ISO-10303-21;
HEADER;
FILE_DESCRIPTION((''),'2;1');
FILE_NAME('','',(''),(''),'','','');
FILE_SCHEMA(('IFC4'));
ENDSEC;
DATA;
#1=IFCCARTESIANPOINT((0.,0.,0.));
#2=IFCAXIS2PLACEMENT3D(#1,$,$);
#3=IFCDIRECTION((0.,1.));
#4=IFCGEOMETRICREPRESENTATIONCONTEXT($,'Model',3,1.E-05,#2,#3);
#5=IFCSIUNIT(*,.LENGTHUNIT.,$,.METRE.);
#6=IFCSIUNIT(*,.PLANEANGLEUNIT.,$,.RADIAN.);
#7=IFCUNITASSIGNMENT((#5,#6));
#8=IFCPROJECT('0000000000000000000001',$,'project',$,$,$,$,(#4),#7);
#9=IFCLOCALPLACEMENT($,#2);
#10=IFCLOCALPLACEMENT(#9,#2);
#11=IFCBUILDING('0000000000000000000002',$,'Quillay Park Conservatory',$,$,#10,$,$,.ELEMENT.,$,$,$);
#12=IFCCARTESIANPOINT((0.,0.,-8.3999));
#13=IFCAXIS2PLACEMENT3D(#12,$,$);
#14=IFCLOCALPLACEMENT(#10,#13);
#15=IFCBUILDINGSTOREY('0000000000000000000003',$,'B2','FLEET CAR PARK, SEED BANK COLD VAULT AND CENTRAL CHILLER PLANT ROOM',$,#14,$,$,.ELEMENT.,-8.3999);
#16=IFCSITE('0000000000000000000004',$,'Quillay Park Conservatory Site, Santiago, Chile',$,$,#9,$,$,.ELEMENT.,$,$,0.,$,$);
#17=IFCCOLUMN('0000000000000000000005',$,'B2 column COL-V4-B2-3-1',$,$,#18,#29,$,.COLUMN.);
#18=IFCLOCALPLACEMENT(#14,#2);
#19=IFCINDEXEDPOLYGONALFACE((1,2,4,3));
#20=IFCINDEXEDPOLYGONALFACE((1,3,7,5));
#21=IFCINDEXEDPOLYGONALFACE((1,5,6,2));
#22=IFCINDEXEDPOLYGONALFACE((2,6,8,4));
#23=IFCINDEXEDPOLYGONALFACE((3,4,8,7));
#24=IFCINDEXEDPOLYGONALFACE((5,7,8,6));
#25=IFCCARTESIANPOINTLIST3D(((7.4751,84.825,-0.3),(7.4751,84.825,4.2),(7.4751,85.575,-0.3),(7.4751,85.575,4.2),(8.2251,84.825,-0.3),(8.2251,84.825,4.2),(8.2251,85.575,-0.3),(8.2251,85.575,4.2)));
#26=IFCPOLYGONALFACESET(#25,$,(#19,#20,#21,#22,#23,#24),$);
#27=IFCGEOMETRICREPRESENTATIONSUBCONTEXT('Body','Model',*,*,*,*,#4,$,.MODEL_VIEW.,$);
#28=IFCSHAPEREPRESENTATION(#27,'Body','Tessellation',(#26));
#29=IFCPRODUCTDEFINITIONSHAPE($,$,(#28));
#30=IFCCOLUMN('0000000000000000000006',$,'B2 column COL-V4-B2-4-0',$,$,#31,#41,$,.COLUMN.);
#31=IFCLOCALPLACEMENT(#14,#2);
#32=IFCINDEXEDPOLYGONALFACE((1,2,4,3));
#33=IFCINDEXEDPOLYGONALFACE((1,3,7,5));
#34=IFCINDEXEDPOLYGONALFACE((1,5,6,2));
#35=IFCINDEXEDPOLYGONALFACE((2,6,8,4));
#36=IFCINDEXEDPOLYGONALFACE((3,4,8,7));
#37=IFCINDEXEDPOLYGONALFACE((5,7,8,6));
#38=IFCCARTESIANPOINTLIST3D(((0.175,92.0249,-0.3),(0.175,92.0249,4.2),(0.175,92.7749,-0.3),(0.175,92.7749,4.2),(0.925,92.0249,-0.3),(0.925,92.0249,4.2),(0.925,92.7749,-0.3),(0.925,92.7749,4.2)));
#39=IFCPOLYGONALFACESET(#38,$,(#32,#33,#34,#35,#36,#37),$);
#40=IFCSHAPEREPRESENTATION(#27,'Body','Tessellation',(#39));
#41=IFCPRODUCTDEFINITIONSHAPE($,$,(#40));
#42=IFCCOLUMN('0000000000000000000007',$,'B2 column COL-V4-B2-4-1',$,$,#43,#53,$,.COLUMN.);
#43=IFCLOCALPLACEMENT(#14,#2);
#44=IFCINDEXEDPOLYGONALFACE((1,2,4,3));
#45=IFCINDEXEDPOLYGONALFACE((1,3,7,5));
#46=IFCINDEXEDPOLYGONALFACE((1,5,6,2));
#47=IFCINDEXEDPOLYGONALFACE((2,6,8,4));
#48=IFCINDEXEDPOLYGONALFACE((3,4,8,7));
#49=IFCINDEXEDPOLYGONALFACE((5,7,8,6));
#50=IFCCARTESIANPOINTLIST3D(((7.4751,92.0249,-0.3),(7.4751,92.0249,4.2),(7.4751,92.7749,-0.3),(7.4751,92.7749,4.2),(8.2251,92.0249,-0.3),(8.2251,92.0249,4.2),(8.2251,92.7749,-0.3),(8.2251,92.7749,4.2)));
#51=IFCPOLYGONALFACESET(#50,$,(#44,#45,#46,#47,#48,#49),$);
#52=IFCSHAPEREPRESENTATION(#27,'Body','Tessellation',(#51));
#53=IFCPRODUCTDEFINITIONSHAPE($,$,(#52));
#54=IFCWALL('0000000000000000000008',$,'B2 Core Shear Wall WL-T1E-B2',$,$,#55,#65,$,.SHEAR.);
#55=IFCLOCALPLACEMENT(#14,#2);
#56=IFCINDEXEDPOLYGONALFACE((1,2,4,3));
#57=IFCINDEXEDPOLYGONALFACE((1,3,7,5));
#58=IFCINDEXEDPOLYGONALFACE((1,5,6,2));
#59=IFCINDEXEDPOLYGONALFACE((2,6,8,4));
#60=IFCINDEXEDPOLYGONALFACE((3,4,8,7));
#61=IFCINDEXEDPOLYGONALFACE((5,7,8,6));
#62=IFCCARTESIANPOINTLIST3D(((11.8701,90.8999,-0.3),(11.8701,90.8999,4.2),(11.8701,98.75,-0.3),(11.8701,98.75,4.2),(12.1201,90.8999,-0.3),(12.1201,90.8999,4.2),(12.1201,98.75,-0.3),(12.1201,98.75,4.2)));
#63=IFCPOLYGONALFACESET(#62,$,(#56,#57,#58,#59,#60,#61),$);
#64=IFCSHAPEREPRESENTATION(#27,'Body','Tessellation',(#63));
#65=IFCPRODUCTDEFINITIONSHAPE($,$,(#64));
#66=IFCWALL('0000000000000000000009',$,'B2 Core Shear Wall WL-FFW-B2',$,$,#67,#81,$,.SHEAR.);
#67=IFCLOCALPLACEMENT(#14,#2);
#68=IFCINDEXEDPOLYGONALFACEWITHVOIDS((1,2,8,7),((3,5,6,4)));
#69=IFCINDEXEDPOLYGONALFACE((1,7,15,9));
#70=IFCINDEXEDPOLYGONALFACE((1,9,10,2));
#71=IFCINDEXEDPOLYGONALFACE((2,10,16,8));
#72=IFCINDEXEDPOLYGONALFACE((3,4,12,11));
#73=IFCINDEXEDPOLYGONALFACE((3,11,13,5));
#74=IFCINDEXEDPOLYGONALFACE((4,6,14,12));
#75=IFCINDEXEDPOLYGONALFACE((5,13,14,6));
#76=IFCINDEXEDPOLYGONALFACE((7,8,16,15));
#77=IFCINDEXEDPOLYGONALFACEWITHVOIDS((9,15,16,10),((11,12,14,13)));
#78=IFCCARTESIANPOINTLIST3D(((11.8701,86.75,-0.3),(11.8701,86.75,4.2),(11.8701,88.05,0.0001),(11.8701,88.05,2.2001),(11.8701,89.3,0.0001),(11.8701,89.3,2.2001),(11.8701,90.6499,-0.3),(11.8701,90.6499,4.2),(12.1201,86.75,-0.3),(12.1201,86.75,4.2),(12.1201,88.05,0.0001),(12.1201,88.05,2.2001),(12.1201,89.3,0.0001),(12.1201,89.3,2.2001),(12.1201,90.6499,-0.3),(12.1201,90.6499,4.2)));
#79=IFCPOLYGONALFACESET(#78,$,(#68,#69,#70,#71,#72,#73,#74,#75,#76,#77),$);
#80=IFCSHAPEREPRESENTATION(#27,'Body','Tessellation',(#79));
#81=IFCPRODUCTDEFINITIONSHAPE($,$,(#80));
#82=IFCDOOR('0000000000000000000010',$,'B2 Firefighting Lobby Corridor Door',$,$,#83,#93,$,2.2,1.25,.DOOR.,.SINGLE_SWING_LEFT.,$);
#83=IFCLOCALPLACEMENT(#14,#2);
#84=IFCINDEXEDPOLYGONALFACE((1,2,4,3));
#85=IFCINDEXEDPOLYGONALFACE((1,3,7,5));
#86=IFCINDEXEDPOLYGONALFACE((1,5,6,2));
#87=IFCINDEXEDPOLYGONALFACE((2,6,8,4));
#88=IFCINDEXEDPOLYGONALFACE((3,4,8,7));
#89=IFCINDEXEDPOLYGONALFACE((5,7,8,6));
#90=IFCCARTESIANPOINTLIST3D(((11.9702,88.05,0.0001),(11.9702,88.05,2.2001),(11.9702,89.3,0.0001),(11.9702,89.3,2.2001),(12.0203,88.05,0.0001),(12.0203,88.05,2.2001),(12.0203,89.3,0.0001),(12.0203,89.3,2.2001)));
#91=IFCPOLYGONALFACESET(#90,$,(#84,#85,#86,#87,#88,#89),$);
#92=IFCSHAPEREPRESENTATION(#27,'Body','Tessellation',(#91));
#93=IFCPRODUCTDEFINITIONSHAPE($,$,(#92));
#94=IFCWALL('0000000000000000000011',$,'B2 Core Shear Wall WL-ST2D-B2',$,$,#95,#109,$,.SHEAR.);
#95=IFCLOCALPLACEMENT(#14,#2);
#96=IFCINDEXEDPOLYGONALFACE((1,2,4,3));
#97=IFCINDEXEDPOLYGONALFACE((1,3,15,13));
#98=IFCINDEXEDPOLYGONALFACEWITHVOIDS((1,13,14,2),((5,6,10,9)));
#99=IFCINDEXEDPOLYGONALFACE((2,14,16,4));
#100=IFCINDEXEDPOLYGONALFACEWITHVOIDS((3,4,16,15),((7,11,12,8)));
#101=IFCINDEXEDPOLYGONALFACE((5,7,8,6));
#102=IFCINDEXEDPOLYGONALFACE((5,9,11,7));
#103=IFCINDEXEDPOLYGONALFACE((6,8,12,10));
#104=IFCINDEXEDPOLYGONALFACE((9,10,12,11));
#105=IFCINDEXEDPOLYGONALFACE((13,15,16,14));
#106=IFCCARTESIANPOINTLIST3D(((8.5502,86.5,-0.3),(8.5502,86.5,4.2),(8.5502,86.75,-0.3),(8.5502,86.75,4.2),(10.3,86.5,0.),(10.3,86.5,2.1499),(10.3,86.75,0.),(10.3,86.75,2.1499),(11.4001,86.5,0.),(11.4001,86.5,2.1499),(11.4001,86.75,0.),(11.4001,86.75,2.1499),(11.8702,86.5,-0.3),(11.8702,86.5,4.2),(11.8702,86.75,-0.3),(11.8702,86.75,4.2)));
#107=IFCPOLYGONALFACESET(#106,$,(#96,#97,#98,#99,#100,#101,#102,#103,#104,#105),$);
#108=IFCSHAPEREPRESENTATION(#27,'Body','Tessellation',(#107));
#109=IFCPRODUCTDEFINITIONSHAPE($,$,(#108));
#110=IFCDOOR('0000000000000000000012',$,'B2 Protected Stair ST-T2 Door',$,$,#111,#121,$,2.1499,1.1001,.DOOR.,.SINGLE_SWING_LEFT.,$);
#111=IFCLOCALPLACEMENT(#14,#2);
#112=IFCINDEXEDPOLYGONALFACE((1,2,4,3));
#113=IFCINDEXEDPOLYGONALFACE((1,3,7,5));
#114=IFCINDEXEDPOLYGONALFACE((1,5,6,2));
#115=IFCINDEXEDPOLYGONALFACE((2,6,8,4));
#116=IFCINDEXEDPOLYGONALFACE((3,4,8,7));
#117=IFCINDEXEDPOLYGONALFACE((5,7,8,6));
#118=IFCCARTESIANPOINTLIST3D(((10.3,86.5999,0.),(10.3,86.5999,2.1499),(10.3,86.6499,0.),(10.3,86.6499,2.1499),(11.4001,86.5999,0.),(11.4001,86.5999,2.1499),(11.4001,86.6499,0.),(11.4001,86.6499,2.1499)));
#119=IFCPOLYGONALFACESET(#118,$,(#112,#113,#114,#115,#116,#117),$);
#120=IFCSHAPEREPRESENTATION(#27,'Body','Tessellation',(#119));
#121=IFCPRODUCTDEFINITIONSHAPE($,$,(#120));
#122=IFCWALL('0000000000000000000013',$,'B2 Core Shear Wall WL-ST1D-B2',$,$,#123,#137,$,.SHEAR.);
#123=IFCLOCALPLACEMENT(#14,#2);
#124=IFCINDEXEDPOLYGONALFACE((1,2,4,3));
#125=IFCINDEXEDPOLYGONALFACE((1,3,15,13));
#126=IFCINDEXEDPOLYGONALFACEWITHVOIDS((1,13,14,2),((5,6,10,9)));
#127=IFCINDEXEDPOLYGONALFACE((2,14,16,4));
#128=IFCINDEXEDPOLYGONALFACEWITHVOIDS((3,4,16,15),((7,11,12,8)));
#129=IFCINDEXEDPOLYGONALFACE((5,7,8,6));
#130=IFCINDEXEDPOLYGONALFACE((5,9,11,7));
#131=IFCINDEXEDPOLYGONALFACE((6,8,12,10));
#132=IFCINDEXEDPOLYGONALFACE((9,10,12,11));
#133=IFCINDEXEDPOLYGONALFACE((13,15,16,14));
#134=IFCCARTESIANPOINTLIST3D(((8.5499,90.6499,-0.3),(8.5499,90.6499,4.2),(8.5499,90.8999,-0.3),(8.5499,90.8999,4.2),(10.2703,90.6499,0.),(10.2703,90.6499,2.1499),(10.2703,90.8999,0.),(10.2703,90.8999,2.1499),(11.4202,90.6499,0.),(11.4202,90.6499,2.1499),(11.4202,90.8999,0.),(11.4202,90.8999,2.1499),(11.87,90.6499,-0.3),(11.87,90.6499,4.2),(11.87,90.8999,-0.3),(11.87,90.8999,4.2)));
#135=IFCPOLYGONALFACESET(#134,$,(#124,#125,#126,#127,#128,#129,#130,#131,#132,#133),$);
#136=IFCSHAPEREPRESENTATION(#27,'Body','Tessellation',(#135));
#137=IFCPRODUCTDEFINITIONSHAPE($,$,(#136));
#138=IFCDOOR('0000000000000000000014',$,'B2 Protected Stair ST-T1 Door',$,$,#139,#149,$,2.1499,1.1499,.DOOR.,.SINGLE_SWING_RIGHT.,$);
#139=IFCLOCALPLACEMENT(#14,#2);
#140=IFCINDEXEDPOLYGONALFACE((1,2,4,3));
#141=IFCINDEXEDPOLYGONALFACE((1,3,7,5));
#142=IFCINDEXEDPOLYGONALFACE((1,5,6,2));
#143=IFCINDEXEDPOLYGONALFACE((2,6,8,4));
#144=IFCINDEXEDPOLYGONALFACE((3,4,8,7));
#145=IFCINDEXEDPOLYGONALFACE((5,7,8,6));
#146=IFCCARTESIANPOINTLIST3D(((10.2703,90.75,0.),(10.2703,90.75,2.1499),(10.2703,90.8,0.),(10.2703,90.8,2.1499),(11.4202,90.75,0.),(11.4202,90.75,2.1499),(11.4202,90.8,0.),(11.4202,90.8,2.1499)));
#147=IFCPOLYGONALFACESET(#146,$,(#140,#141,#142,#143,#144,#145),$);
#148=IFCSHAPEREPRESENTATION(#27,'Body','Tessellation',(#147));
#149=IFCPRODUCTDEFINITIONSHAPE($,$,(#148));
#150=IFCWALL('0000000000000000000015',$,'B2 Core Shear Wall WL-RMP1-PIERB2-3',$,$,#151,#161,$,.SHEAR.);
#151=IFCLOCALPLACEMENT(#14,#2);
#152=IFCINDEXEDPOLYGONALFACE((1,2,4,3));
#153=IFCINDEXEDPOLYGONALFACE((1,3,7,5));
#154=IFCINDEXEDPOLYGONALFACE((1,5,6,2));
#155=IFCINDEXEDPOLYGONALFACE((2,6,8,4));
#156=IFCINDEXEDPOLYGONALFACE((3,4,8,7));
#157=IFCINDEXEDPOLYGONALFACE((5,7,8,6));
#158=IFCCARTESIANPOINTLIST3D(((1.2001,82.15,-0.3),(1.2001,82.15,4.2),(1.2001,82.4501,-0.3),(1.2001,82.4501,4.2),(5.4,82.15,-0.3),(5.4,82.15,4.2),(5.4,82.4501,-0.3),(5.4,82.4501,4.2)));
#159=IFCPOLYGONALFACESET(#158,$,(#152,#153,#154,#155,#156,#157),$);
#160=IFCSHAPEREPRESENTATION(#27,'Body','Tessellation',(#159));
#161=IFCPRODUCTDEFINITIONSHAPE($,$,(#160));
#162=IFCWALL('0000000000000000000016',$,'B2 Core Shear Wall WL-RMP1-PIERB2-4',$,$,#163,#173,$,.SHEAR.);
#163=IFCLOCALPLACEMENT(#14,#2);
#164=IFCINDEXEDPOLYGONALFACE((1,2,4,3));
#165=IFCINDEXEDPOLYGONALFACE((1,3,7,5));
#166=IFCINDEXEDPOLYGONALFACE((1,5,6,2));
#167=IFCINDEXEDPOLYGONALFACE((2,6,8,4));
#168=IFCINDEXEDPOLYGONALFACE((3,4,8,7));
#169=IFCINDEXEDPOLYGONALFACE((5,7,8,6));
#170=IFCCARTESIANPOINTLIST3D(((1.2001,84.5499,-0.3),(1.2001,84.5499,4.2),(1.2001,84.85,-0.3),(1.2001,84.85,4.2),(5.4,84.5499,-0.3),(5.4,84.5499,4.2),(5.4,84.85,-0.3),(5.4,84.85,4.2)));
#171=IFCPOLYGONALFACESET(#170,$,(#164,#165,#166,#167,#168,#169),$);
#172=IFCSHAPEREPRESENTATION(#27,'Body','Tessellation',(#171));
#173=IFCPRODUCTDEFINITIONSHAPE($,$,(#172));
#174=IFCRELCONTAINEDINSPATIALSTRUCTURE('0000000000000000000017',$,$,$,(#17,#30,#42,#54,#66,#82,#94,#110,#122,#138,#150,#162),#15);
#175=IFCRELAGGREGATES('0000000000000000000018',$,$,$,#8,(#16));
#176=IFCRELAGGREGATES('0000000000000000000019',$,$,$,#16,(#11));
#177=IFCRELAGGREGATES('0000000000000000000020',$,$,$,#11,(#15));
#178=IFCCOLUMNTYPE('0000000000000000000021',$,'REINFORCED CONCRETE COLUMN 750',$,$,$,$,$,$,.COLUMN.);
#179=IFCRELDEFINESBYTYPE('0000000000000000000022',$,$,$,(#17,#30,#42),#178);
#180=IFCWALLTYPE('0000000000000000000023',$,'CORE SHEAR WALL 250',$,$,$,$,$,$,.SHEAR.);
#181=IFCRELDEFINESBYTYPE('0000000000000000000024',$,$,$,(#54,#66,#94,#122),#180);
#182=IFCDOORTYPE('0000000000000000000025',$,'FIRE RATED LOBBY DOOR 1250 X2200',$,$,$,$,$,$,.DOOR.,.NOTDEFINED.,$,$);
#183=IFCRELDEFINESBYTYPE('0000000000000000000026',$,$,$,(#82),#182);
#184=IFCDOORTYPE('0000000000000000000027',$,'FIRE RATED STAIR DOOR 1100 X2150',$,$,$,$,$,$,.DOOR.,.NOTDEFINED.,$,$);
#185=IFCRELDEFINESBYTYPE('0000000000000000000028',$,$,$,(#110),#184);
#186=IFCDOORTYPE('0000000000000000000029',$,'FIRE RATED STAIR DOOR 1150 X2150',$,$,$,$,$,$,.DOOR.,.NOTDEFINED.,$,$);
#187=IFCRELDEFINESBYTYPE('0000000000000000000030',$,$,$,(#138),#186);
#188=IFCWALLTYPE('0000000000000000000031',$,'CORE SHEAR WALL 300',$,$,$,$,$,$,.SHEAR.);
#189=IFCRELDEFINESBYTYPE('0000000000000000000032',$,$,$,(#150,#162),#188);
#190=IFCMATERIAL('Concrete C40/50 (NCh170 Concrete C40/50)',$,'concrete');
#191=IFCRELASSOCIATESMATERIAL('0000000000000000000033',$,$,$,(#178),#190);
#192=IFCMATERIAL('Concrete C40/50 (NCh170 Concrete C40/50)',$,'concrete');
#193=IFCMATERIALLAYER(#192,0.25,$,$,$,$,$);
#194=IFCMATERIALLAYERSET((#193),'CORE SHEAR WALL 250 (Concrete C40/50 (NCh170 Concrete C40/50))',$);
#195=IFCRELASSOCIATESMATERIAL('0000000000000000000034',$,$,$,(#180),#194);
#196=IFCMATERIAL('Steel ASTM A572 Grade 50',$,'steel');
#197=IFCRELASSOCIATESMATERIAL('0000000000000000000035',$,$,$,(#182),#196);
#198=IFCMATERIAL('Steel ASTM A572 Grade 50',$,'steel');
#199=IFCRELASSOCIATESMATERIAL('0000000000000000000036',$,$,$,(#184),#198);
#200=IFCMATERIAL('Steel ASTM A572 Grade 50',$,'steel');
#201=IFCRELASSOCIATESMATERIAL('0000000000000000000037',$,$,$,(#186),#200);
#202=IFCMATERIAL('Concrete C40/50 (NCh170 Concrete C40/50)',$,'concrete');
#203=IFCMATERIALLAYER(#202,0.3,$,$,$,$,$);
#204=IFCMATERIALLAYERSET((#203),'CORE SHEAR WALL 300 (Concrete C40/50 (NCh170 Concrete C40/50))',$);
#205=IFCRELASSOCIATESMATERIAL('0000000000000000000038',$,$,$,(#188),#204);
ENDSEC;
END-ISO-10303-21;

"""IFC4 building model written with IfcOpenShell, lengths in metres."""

from ifc_helpers import new_model, si_unit, direction, frame, frame_2d, origin, origin_2d, place, context, subcontext, project, spatial, rectangle, extrude, material, layer, layer_set, material_profile, profile_set, type_object, element, fill, save


model = new_model("IFC4")

# Units and contexts
model_context = context("Model", 3, precision=1e-05, world=origin(), true_north=direction((0.0, 1.0)))
body_context = subcontext(model_context, "Body", "Model", "MODEL_VIEW")
ifc_project = project(units=[si_unit("LENGTHUNIT", "METRE"), si_unit("PLANEANGLEUNIT", "RADIAN")], contexts=[model_context])

# Site, building, storey
site_placement = place(None, origin())
site = spatial("IfcSite", under=ifc_project, at=site_placement, Name="Quillay Park Conservatory Site, Santiago, Chile", CompositionType="ELEMENT", RefElevation=0.0)
building_placement = place(site_placement, origin())
building = spatial("IfcBuilding", under=site, at=building_placement, Name="Quillay Park Conservatory", CompositionType="ELEMENT")
storey_placement = place(building_placement, frame((0.0, 0.0, -8.3999)))
storey = spatial("IfcBuildingStorey", under=building, at=storey_placement, Name="B2", Description="FLEET CAR PARK, SEED BANK COLD VAULT AND CENTRAL CHILLER PLANT ROOM", CompositionType="ELEMENT", Elevation=-8.3999)

# Columns
ifc_material_1 = material(Name="Concrete C40/50 (NCh170 Concrete C40/50)", Category="concrete")
ifc_material_profile_1 = material_profile(ifc_material_1, rectangle(XDim=0.75, YDim=0.75, at=origin_2d()), Name="RC750x750")
ifc_profile_set_1 = profile_set([ifc_material_profile_1], Name="Concrete C40/50 (NCh170 Concrete C40/50)")
column_type = type_object("IfcColumnType", Name="REINFORCED CONCRETE COLUMN 750", PredefinedType="COLUMN", material=ifc_profile_set_1)
for number, where, z_axis, x_axis, name in (
    (1, (7.8501, 85.2, -0.3), (0.0, 0.0, 1.0), (1.0, 0.0, 0.0), "B2 column COL-V4-B2-3-1"),
    (2, (0.55, 92.3999, -0.3), (0.0, 0.0, 1.0), (1.0, 0.0, 0.0), "B2 column COL-V4-B2-4-0"),
    (3, (7.8501, 92.3999, -0.3), (0.0, 0.0, 1.0), (1.0, 0.0, 0.0), "B2 column COL-V4-B2-4-1"),
):
    element("IfcColumn", number, at=place(storey_placement, frame(where, z_axis=z_axis, x_axis=x_axis)), inside=storey, type_object=column_type, Name=name, PredefinedType="COLUMN", context=body_context, shape_type="SweptSolid", body=[
        extrude(rectangle(XDim=0.75, YDim=0.75, at=origin_2d()), origin(), (0.0, 0.0, 1.0), 4.5),
    ])

# Wall
ifc_material_2 = material(Name="Concrete C40/50 (NCh170 Concrete C40/50)", Category="concrete")
ifc_layer_1 = layer(ifc_material_2, 0.25)
ifc_layer_set_1 = layer_set([ifc_layer_1], Name="CORE SHEAR WALL 250 (Concrete C40/50 (NCh170 Concrete C40/50))")
wall_type_1 = type_object("IfcWallType", Name="CORE SHEAR WALL 250", PredefinedType="SHEAR", material=ifc_layer_set_1)
wall_1_placement = place(storey_placement, frame((11.9951, 90.8999, -0.3), z_axis=(0.0, 0.0, 1.0), x_axis=(0.0, 1.0, 0.0)))
element("IfcWall", 4, at=wall_1_placement, inside=storey, type_object=wall_type_1, Name="B2 Core Shear Wall WL-T1E-B2", PredefinedType="SHEAR", context=body_context, shape_type="SweptSolid", body=[
    extrude(rectangle(XDim=7.8501, YDim=0.25, at=frame_2d((3.925, 0.0))), origin(), (0.0, 0.0, 1.0), 4.5),
])

# Walls, openings, doors
wall_2_placement = place(storey_placement, frame((11.9951, 86.75, -0.3), z_axis=(0.0, 0.0, 1.0), x_axis=(0.0, 1.0, 0.0)))
wall_2 = element("IfcWall", 5, at=wall_2_placement, inside=storey, type_object=wall_type_1, Name="B2 Core Shear Wall WL-FFW-B2", PredefinedType="SHEAR", context=body_context, shape_type="SweptSolid", body=[
    extrude(rectangle(XDim=3.8999, YDim=0.25, at=frame_2d((1.95, 0.0))), origin(), (0.0, 0.0, 1.0), 4.5),
])
opening_1_placement = place(wall_2_placement, frame((1.3, 0.0, 0.3)))
opening_1 = element("IfcOpeningElement", 6, at=opening_1_placement, cuts=wall_2, PredefinedType="OPENING", context=body_context, shape_type="SweptSolid", body=[
    extrude(rectangle(XDim=1.25, YDim=2.2, at=frame_2d((0.625, 1.1001))), frame((0.0, 0.125, 0.0), z_axis=(0.0, -1.0, 0.0), x_axis=(1.0, 0.0, 0.0)), (0.0, 0.0, 1.0), 0.25),
])
ifc_material_3 = material(Name="Steel ASTM A572 Grade 50", Category="steel")
door_type_1 = type_object("IfcDoorType", Name="FIRE RATED LOBBY DOOR 1250 X2200", OperationType="NOTDEFINED", PredefinedType="DOOR", material=ifc_material_3)
door_1_placement = place(opening_1_placement, origin())
door_1 = element("IfcDoor", 7, at=door_1_placement, inside=storey, type_object=door_type_1, Name="B2 Firefighting Lobby Corridor Door", OperationType="SINGLE_SWING_LEFT", OverallHeight=2.2, OverallWidth=1.25, PredefinedType="DOOR", context=body_context, shape_type="SweptSolid", body=[
    extrude(rectangle(XDim=1.25, YDim=2.2, at=frame_2d((0.625, 1.1001))), frame((0.0, 0.0249, 0.0), z_axis=(0.0, -1.0, 0.0), x_axis=(1.0, 0.0, 0.0)), (0.0, 0.0, 1.0), 0.05),
])
fill(opening_1, door_1)
wall_3_placement = place(storey_placement, frame((8.55, 86.625, -0.3), z_axis=(0.0, 0.0, 1.0), x_axis=(1.0, 0.0, 0.0)))
wall_3 = element("IfcWall", 8, at=wall_3_placement, inside=storey, type_object=wall_type_1, Name="B2 Core Shear Wall WL-ST2D-B2", PredefinedType="SHEAR", context=body_context, shape_type="SweptSolid", body=[
    extrude(rectangle(XDim=3.3201, YDim=0.25, at=frame_2d((1.6602, 0.0))), origin(), (0.0, 0.0, 1.0), 4.5),
])
opening_2_placement = place(wall_3_placement, frame((1.75, 0.0, 0.3)))
opening_2 = element("IfcOpeningElement", 9, at=opening_2_placement, cuts=wall_3, PredefinedType="OPENING", context=body_context, shape_type="SweptSolid", body=[
    extrude(rectangle(XDim=1.1001, YDim=2.1499, at=frame_2d((0.55, 1.075))), frame((0.0, 0.125, 0.0), z_axis=(0.0, -1.0, 0.0), x_axis=(1.0, 0.0, 0.0)), (0.0, 0.0, 1.0), 0.25),
])
ifc_material_4 = material(Name="Steel ASTM A572 Grade 50", Category="steel")
door_type_2 = type_object("IfcDoorType", Name="FIRE RATED STAIR DOOR 1100 X2150", OperationType="NOTDEFINED", PredefinedType="DOOR", material=ifc_material_4)
door_2_placement = place(opening_2_placement, origin())
door_2 = element("IfcDoor", 10, at=door_2_placement, inside=storey, type_object=door_type_2, Name="B2 Protected Stair ST-T2 Door", OperationType="SINGLE_SWING_LEFT", OverallHeight=2.1499, OverallWidth=1.1001, PredefinedType="DOOR", context=body_context, shape_type="SweptSolid", body=[
    extrude(rectangle(XDim=1.1001, YDim=2.1499, at=frame_2d((0.55, 1.075))), frame((0.0, 0.0249, 0.0), z_axis=(0.0, -1.0, 0.0), x_axis=(1.0, 0.0, 0.0)), (0.0, 0.0, 1.0), 0.05),
])
fill(opening_2, door_2)
wall_4_placement = place(storey_placement, frame((11.8701, 90.7749, -0.3), z_axis=(0.0, 0.0, 1.0), x_axis=(-1.0, 0.0, 0.0)))
wall_4 = element("IfcWall", 11, at=wall_4_placement, inside=storey, type_object=wall_type_1, Name="B2 Core Shear Wall WL-ST1D-B2", PredefinedType="SHEAR", context=body_context, shape_type="SweptSolid", body=[
    extrude(rectangle(XDim=3.3201, YDim=0.25, at=frame_2d((1.6602, 0.0))), origin(), (0.0, 0.0, 1.0), 4.5),
])
opening_3_placement = place(wall_4_placement, frame((0.45, 0.0, 0.3)))
opening_3 = element("IfcOpeningElement", 12, at=opening_3_placement, cuts=wall_4, PredefinedType="OPENING", context=body_context, shape_type="SweptSolid", body=[
    extrude(rectangle(XDim=1.1499, YDim=2.1499, at=frame_2d((0.575, 1.075))), frame((0.0, 0.125, 0.0), z_axis=(0.0, -1.0, 0.0), x_axis=(1.0, 0.0, 0.0)), (0.0, 0.0, 1.0), 0.25),
])
ifc_material_5 = material(Name="Steel ASTM A572 Grade 50", Category="steel")
door_type_3 = type_object("IfcDoorType", Name="FIRE RATED STAIR DOOR 1150 X2150", OperationType="NOTDEFINED", PredefinedType="DOOR", material=ifc_material_5)
door_3_placement = place(opening_3_placement, origin())
door_3 = element("IfcDoor", 13, at=door_3_placement, inside=storey, type_object=door_type_3, Name="B2 Protected Stair ST-T1 Door", OperationType="SINGLE_SWING_RIGHT", OverallHeight=2.1499, OverallWidth=1.1499, PredefinedType="DOOR", context=body_context, shape_type="SweptSolid", body=[
    extrude(rectangle(XDim=1.1499, YDim=2.1499, at=frame_2d((0.575, 1.075))), frame((0.0, 0.0249, 0.0), z_axis=(0.0, -1.0, 0.0), x_axis=(1.0, 0.0, 0.0)), (0.0, 0.0, 1.0), 0.05),
])
fill(opening_3, door_3)

# Walls
ifc_material_6 = material(Name="Concrete C40/50 (NCh170 Concrete C40/50)", Category="concrete")
ifc_layer_2 = layer(ifc_material_6, 0.3)
ifc_layer_set_2 = layer_set([ifc_layer_2], Name="CORE SHEAR WALL 300 (Concrete C40/50 (NCh170 Concrete C40/50))")
wall_type_2 = type_object("IfcWallType", Name="CORE SHEAR WALL 300", PredefinedType="SHEAR", material=ifc_layer_set_2)
for number, where, z_axis, x_axis, name in (
    (14, (1.2, 82.3, -0.3), (0.0, 0.0, 1.0), (1.0, 0.0, 0.0), "B2 Core Shear Wall WL-RMP1-PIERB2-3"),
    (15, (1.2, 84.7, -0.3), (0.0, 0.0, 1.0), (1.0, 0.0, 0.0), "B2 Core Shear Wall WL-RMP1-PIERB2-4"),
):
    element("IfcWall", number, at=place(storey_placement, frame(where, z_axis=z_axis, x_axis=x_axis)), inside=storey, type_object=wall_type_2, Name=name, PredefinedType="SHEAR", context=body_context, shape_type="SweptSolid", body=[
        extrude(rectangle(XDim=4.2, YDim=0.3, at=frame_2d((2.1001, 0.0))), origin(), (0.0, 0.0, 1.0), 4.5),
    ])

save(model, "model.ifc")
